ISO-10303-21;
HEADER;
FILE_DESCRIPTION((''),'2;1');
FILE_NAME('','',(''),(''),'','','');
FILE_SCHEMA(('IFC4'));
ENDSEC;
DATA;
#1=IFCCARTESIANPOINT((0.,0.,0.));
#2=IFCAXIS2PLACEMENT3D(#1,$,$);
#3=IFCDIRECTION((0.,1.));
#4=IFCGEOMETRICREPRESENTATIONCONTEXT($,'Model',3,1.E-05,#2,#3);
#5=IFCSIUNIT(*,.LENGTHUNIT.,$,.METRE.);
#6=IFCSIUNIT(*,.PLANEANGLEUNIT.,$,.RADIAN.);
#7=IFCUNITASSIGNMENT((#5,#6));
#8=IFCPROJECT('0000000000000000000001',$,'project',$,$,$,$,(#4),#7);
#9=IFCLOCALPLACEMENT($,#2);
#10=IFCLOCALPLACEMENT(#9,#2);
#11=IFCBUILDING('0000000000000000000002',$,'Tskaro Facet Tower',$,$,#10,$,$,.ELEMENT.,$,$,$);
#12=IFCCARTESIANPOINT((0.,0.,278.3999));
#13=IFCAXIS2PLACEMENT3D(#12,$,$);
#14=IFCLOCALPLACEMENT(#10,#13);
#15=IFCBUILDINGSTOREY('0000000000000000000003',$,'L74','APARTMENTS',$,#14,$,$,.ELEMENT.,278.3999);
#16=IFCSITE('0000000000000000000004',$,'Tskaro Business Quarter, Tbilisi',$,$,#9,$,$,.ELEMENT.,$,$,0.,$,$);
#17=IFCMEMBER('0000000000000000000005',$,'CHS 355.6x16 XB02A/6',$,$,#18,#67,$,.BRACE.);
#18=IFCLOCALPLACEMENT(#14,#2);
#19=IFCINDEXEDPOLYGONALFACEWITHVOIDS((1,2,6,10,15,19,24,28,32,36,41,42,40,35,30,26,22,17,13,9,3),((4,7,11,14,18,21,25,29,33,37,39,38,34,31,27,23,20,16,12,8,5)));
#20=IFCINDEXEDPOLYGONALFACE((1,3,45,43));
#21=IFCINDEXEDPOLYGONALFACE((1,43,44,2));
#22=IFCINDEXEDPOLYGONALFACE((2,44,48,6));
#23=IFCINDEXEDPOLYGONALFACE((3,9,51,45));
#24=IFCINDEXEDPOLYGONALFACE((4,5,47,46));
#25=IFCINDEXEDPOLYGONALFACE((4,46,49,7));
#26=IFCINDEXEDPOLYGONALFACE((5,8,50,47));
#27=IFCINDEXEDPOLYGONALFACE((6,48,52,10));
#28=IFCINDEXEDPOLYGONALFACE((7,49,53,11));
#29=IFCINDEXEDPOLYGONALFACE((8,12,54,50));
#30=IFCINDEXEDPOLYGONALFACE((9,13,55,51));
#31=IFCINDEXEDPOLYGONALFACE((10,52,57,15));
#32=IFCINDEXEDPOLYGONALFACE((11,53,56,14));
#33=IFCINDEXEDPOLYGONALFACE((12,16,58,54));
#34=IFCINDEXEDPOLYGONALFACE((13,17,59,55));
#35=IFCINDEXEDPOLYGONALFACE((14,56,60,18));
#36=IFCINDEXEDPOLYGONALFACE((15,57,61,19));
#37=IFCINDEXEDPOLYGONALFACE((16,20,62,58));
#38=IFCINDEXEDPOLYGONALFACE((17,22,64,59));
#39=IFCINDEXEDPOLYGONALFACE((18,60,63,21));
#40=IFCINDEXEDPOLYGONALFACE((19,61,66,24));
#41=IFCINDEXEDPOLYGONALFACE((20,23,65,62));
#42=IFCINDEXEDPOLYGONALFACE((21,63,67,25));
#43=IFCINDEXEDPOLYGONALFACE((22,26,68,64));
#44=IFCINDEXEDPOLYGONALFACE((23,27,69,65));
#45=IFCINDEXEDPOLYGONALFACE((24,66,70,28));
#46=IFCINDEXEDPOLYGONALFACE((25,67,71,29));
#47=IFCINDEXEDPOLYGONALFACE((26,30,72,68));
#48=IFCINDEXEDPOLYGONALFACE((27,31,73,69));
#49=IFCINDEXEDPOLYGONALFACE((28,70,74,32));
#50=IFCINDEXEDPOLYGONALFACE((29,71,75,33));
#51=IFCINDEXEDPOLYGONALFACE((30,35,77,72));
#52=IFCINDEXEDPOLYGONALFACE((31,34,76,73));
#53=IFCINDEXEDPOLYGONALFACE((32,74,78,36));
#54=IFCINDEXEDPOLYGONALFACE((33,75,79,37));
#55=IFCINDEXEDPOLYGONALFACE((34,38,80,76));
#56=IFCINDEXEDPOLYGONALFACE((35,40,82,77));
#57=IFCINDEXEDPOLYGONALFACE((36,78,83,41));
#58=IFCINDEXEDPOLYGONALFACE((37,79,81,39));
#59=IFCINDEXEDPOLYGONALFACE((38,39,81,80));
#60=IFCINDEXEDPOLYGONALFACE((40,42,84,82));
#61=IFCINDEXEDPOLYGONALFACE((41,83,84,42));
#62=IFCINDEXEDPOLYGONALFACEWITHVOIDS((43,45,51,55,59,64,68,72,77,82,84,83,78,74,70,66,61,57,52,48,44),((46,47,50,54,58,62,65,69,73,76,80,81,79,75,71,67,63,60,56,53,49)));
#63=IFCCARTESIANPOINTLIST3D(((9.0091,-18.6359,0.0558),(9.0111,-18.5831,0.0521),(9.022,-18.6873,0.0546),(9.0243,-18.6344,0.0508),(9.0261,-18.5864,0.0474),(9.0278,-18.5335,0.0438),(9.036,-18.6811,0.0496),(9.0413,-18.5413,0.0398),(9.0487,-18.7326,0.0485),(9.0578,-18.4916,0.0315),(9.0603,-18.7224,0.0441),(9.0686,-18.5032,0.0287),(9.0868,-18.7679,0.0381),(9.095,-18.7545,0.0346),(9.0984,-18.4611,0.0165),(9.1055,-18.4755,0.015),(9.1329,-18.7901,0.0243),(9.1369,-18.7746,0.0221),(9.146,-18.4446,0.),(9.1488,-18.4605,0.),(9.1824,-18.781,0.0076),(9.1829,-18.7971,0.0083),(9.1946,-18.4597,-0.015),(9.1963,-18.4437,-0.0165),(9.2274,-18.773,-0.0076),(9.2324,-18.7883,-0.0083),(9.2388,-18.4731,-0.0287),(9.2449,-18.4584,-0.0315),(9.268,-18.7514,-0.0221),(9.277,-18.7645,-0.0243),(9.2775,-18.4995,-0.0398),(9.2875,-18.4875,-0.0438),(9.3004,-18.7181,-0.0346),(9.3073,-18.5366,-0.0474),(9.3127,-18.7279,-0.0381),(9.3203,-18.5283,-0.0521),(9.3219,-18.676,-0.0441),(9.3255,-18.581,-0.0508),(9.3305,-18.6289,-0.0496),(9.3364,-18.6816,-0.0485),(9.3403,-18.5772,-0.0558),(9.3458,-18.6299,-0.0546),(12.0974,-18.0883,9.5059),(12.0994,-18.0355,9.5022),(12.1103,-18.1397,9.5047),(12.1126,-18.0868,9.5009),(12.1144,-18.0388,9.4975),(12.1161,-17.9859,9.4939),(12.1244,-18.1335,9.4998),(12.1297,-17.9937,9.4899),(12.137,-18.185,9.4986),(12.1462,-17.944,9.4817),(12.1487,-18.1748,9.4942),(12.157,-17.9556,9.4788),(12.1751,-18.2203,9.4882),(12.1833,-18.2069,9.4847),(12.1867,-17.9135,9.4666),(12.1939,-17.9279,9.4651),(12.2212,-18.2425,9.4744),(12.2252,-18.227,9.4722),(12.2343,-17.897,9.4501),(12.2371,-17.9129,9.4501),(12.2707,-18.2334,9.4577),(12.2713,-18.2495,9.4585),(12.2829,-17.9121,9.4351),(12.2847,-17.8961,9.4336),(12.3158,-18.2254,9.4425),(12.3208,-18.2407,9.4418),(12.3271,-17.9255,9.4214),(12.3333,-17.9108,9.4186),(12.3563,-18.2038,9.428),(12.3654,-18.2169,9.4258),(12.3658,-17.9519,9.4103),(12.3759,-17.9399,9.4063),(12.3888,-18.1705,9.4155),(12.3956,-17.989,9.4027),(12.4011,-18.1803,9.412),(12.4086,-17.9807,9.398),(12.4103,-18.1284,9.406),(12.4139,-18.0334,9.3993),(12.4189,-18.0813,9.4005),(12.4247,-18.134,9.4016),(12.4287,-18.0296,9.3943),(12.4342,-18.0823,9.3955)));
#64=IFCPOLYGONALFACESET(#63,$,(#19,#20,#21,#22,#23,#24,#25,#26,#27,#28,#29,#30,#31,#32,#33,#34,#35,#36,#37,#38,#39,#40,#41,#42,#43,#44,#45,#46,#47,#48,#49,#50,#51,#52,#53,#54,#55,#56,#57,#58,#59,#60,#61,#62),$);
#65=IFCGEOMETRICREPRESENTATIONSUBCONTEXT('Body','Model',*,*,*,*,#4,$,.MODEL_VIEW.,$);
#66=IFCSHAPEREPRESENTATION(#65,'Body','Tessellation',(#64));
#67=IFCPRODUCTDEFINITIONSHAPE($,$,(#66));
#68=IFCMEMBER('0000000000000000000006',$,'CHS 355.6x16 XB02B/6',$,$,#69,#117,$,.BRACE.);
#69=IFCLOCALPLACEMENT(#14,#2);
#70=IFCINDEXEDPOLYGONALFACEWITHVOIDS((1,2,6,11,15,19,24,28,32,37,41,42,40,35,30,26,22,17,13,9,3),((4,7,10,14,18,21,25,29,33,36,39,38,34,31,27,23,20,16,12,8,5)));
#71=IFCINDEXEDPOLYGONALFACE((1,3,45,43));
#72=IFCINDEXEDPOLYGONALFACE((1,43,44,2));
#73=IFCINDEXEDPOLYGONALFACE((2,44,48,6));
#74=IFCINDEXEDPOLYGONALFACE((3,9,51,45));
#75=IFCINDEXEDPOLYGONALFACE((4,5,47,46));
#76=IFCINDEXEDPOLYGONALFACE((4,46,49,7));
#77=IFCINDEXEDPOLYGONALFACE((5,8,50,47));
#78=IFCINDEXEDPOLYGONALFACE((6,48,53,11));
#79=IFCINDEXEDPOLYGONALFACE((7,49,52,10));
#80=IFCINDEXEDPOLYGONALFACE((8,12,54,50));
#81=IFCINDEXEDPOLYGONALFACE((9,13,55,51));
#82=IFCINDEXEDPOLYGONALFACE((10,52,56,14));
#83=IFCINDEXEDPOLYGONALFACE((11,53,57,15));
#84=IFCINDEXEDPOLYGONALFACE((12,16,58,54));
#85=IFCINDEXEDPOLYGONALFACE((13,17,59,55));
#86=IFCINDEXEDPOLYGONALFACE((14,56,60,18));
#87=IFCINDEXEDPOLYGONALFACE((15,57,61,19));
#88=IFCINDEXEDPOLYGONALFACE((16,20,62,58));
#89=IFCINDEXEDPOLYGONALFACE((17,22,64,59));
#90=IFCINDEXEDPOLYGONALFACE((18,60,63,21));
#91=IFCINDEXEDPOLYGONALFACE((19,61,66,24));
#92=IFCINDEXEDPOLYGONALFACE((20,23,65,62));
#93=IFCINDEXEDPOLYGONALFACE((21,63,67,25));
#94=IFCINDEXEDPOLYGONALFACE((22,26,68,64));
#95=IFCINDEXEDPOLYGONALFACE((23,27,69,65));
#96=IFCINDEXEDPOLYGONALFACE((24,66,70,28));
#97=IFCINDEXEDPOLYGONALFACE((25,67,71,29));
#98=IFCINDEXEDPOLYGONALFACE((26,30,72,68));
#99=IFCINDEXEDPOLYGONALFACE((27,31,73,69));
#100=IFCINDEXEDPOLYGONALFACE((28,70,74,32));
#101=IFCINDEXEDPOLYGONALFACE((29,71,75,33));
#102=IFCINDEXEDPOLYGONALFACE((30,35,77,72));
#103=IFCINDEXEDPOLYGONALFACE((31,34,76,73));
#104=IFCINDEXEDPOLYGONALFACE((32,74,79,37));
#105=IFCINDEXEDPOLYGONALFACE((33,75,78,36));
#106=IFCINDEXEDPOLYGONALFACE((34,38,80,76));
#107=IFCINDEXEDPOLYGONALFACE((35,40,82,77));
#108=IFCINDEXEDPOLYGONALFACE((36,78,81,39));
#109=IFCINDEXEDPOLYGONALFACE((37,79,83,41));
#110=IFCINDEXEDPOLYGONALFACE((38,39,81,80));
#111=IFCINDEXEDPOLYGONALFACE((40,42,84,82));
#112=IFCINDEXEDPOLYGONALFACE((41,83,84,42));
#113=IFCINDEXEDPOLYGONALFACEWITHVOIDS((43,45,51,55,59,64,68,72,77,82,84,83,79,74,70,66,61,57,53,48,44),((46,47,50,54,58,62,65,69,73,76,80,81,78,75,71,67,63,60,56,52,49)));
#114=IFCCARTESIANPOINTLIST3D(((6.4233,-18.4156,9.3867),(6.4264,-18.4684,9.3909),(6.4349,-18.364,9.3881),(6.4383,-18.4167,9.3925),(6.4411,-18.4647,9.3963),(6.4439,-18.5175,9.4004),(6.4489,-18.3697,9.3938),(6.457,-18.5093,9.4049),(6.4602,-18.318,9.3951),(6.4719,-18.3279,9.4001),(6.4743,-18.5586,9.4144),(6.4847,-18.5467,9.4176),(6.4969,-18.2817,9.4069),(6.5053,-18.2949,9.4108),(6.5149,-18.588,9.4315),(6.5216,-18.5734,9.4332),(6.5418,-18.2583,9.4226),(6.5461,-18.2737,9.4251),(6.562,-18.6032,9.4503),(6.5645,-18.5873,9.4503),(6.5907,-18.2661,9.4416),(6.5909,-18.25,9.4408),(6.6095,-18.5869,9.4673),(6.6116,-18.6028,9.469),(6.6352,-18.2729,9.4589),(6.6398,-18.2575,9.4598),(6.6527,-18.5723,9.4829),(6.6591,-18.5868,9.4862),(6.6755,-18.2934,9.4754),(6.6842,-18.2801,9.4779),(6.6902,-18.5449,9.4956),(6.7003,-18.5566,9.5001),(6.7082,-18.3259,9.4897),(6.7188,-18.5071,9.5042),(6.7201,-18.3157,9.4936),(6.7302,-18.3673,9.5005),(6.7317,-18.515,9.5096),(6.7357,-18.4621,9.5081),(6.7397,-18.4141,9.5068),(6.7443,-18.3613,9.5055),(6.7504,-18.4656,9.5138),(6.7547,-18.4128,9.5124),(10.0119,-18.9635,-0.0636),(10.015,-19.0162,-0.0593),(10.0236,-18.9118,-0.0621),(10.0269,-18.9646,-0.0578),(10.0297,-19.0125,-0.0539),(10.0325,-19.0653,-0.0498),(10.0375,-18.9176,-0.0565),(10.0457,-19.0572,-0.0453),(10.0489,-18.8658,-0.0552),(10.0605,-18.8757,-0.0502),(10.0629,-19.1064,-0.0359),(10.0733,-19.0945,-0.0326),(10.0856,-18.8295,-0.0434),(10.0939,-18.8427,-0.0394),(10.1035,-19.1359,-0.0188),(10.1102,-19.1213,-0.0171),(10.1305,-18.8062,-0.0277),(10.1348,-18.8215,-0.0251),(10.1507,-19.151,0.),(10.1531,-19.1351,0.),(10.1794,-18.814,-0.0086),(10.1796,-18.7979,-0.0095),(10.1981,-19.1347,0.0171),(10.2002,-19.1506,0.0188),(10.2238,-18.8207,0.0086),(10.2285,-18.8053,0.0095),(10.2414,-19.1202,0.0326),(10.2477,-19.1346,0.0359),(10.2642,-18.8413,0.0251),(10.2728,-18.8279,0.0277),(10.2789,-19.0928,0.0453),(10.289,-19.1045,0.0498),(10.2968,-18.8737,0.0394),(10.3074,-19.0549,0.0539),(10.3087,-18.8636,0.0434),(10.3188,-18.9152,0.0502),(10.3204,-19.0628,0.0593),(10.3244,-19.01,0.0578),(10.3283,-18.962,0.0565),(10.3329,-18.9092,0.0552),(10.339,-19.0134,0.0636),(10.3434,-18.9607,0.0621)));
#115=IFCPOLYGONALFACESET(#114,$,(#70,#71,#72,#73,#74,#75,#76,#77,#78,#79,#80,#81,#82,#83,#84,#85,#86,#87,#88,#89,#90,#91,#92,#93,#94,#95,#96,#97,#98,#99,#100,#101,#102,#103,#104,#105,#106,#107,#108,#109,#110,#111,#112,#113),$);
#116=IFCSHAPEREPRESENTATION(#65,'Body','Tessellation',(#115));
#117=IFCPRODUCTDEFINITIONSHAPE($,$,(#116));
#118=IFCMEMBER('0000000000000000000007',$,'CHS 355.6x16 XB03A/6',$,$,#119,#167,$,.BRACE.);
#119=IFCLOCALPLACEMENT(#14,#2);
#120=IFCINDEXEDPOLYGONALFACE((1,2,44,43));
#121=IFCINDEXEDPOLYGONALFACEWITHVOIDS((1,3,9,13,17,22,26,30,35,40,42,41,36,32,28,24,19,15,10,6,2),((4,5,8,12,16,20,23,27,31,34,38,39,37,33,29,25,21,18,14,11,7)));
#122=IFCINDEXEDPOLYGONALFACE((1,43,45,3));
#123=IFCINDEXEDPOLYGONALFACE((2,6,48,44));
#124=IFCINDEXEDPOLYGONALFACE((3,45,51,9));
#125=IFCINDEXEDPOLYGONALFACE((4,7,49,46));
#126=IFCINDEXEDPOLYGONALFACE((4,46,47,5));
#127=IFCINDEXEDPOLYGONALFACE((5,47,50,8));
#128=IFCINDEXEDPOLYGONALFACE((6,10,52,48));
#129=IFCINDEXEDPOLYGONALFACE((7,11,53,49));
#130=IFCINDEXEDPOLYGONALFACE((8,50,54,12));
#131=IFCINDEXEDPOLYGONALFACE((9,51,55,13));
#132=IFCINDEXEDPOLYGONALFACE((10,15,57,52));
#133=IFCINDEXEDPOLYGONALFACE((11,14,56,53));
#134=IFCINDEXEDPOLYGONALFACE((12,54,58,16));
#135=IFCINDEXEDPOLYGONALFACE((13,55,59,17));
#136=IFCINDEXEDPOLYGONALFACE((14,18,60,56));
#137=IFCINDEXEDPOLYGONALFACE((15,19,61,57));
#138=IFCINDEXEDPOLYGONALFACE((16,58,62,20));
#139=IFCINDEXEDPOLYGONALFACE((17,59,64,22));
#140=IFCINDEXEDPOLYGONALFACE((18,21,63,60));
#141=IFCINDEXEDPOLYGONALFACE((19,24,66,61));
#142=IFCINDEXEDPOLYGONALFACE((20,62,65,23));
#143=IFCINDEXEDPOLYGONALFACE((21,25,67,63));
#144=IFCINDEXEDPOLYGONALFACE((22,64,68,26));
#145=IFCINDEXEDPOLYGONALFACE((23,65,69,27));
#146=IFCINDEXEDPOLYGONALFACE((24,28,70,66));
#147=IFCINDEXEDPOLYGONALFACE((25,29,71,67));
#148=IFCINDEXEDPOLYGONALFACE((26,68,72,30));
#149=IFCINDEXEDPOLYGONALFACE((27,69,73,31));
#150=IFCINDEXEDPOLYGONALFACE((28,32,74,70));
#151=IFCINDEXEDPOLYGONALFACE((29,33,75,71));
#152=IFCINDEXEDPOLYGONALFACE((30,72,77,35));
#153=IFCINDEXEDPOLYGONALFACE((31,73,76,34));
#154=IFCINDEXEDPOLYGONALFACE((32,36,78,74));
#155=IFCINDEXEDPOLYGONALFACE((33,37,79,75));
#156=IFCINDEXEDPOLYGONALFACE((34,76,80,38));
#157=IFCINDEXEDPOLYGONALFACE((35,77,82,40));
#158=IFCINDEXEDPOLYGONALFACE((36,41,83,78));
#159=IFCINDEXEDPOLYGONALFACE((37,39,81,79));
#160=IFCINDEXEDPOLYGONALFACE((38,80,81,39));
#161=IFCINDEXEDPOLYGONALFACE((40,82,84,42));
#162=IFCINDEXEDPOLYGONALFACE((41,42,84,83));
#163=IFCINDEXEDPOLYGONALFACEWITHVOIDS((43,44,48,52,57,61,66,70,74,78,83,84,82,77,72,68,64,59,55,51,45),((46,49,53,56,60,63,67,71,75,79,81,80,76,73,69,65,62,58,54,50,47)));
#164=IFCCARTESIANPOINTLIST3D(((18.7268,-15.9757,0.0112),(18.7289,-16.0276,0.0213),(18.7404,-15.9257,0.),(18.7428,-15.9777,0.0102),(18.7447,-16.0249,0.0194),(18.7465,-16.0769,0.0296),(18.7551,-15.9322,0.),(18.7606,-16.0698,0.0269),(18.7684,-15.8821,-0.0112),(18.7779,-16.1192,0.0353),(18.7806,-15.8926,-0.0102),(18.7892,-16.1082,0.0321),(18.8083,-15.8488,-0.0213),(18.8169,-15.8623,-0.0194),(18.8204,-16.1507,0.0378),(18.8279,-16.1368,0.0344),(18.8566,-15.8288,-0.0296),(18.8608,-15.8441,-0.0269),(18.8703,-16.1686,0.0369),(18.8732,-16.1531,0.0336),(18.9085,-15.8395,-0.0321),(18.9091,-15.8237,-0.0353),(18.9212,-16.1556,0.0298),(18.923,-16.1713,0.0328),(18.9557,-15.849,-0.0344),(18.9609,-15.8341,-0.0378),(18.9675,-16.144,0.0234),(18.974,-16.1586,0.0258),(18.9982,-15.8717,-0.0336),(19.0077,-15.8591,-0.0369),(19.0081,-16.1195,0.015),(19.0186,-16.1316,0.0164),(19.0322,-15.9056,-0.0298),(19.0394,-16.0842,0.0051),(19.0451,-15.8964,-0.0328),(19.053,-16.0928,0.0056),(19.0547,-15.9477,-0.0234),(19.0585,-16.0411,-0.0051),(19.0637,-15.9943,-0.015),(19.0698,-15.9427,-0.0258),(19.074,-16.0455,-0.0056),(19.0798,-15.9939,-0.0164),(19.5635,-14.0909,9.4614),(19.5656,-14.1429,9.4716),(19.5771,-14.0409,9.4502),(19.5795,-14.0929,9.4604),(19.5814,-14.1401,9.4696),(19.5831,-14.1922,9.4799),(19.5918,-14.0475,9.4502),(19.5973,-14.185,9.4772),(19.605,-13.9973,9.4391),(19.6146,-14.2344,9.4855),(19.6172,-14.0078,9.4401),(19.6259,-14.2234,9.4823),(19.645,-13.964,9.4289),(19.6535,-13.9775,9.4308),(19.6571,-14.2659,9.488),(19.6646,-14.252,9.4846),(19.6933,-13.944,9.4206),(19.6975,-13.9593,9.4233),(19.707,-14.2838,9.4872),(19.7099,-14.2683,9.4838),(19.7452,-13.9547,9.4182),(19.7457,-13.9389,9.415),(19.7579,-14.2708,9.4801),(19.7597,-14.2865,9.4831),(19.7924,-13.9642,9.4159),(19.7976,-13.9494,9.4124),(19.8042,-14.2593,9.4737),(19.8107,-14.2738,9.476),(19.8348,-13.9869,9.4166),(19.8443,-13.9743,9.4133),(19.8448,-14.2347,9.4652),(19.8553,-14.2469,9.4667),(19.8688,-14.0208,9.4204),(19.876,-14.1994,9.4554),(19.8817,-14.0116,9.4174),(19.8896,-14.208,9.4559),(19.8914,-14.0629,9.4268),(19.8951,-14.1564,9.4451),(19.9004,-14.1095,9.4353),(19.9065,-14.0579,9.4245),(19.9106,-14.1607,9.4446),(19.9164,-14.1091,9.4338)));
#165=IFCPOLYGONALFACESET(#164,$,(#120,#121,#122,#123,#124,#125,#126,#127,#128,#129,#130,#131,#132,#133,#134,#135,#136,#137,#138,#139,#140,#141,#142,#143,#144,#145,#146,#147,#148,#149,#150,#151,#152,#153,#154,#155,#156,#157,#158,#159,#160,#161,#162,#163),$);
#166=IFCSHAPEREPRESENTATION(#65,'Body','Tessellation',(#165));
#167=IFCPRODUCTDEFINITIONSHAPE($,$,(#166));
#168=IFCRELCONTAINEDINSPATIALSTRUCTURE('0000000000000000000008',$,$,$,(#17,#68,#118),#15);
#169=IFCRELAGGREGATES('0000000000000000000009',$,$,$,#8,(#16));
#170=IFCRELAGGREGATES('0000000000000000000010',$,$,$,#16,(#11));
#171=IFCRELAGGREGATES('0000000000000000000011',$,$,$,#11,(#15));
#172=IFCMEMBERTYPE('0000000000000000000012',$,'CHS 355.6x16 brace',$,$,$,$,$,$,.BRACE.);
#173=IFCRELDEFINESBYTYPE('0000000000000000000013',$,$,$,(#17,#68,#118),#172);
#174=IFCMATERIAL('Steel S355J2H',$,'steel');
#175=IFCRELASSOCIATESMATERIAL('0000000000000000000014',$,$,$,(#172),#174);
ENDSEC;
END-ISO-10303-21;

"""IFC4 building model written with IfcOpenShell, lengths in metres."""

from ifc_helpers import new_model, si_unit, direction, frame, origin, origin_2d, place, context, subcontext, project, spatial, hollow_circle, extrude, material, material_profile, profile_set, type_object, element, save


model = new_model("IFC4")

# Units and contexts
model_context = context("Model", 3, precision=1e-05, world=origin(), true_north=direction((0.0, 1.0)))
body_context = subcontext(model_context, "Body", "Model", "MODEL_VIEW")
ifc_project = project(units=[si_unit("LENGTHUNIT", "METRE"), si_unit("PLANEANGLEUNIT", "RADIAN")], contexts=[model_context])

# Site, building, storey
site_placement = place(None, origin())
site = spatial("IfcSite", under=ifc_project, at=site_placement, Name="Tskaro Business Quarter, Tbilisi", CompositionType="ELEMENT", RefElevation=0.0)
building_placement = place(site_placement, origin())
building = spatial("IfcBuilding", under=site, at=building_placement, Name="Tskaro Facet Tower", CompositionType="ELEMENT")
storey_placement = place(building_placement, frame((0.0, 0.0, 278.3999)))
storey = spatial("IfcBuildingStorey", under=building, at=storey_placement, Name="L74", Description="APARTMENTS", CompositionType="ELEMENT", Elevation=278.3999)

# Shared definitions
ifc_material_1 = material(Name="Steel S355J2H", Category="steel")

# Members
ifc_material_profile_1 = material_profile(ifc_material_1, hollow_circle(Radius=0.1777, WallThickness=0.0161, at=origin_2d()), Name="CHS 355.6x16")
ifc_profile_set_1 = profile_set([ifc_material_profile_1], Name="Steel S355J2H")
member_type_1 = type_object("IfcMemberType", Name="CHS 355.6x16 brace", PredefinedType="BRACE", material=ifc_profile_set_1)
member_1_placement = place(storey_placement, frame((9.177, -18.6196, 0.0), z_axis=(0.310168, 0.054997, 0.94909), x_axis=(-0.174589, 0.984641, 0.0)))
element("IfcMember", 1, at=member_1_placement, inside=storey, type_object=member_type_1, Name="CHS 355.6x16 XB02A/6", PredefinedType="BRACE", context=body_context, shape_type="SweptSolid", body=[
    extrude(hollow_circle(Radius=0.1777, WallThickness=0.0161, at=origin_2d()), origin(), (0.0, 0.0, 1.0), 9.957),
])
member_2_placement = place(storey_placement, frame((10.1775, -18.9753, 0.0), z_axis=(-0.354486, 0.054117, 0.933494), x_axis=(-0.150915, -0.988547, 0.0)))
element("IfcMember", 2, at=member_2_placement, inside=storey, type_object=member_type_1, Name="CHS 355.6x16 XB02B/6", PredefinedType="BRACE", context=body_context, shape_type="SweptSolid", body=[
    extrude(hollow_circle(Radius=0.1777, WallThickness=0.0161, at=origin_2d()), origin(), (0.0, 0.0, 1.0), 10.1235),
])
for number, where, z_axis, x_axis, name in (
    (3, (18.9028, -15.9978, 0.0), (0.086499, 0.194857, 0.97701), (-0.913992, 0.405732, 0.0), "CHS 355.6x16 XB03A/6"),
):
    element("IfcMember", number, at=place(storey_placement, frame(where, z_axis=z_axis, x_axis=x_axis)), inside=storey, type_object=member_type_1, Name=name, PredefinedType="BRACE", context=body_context, shape_type="SweptSolid", body=[
        extrude(hollow_circle(Radius=0.1777, WallThickness=0.0161, at=origin_2d()), origin(), (0.0, 0.0, 1.0), 9.6726),
    ])

save(model, "model.ifc")
